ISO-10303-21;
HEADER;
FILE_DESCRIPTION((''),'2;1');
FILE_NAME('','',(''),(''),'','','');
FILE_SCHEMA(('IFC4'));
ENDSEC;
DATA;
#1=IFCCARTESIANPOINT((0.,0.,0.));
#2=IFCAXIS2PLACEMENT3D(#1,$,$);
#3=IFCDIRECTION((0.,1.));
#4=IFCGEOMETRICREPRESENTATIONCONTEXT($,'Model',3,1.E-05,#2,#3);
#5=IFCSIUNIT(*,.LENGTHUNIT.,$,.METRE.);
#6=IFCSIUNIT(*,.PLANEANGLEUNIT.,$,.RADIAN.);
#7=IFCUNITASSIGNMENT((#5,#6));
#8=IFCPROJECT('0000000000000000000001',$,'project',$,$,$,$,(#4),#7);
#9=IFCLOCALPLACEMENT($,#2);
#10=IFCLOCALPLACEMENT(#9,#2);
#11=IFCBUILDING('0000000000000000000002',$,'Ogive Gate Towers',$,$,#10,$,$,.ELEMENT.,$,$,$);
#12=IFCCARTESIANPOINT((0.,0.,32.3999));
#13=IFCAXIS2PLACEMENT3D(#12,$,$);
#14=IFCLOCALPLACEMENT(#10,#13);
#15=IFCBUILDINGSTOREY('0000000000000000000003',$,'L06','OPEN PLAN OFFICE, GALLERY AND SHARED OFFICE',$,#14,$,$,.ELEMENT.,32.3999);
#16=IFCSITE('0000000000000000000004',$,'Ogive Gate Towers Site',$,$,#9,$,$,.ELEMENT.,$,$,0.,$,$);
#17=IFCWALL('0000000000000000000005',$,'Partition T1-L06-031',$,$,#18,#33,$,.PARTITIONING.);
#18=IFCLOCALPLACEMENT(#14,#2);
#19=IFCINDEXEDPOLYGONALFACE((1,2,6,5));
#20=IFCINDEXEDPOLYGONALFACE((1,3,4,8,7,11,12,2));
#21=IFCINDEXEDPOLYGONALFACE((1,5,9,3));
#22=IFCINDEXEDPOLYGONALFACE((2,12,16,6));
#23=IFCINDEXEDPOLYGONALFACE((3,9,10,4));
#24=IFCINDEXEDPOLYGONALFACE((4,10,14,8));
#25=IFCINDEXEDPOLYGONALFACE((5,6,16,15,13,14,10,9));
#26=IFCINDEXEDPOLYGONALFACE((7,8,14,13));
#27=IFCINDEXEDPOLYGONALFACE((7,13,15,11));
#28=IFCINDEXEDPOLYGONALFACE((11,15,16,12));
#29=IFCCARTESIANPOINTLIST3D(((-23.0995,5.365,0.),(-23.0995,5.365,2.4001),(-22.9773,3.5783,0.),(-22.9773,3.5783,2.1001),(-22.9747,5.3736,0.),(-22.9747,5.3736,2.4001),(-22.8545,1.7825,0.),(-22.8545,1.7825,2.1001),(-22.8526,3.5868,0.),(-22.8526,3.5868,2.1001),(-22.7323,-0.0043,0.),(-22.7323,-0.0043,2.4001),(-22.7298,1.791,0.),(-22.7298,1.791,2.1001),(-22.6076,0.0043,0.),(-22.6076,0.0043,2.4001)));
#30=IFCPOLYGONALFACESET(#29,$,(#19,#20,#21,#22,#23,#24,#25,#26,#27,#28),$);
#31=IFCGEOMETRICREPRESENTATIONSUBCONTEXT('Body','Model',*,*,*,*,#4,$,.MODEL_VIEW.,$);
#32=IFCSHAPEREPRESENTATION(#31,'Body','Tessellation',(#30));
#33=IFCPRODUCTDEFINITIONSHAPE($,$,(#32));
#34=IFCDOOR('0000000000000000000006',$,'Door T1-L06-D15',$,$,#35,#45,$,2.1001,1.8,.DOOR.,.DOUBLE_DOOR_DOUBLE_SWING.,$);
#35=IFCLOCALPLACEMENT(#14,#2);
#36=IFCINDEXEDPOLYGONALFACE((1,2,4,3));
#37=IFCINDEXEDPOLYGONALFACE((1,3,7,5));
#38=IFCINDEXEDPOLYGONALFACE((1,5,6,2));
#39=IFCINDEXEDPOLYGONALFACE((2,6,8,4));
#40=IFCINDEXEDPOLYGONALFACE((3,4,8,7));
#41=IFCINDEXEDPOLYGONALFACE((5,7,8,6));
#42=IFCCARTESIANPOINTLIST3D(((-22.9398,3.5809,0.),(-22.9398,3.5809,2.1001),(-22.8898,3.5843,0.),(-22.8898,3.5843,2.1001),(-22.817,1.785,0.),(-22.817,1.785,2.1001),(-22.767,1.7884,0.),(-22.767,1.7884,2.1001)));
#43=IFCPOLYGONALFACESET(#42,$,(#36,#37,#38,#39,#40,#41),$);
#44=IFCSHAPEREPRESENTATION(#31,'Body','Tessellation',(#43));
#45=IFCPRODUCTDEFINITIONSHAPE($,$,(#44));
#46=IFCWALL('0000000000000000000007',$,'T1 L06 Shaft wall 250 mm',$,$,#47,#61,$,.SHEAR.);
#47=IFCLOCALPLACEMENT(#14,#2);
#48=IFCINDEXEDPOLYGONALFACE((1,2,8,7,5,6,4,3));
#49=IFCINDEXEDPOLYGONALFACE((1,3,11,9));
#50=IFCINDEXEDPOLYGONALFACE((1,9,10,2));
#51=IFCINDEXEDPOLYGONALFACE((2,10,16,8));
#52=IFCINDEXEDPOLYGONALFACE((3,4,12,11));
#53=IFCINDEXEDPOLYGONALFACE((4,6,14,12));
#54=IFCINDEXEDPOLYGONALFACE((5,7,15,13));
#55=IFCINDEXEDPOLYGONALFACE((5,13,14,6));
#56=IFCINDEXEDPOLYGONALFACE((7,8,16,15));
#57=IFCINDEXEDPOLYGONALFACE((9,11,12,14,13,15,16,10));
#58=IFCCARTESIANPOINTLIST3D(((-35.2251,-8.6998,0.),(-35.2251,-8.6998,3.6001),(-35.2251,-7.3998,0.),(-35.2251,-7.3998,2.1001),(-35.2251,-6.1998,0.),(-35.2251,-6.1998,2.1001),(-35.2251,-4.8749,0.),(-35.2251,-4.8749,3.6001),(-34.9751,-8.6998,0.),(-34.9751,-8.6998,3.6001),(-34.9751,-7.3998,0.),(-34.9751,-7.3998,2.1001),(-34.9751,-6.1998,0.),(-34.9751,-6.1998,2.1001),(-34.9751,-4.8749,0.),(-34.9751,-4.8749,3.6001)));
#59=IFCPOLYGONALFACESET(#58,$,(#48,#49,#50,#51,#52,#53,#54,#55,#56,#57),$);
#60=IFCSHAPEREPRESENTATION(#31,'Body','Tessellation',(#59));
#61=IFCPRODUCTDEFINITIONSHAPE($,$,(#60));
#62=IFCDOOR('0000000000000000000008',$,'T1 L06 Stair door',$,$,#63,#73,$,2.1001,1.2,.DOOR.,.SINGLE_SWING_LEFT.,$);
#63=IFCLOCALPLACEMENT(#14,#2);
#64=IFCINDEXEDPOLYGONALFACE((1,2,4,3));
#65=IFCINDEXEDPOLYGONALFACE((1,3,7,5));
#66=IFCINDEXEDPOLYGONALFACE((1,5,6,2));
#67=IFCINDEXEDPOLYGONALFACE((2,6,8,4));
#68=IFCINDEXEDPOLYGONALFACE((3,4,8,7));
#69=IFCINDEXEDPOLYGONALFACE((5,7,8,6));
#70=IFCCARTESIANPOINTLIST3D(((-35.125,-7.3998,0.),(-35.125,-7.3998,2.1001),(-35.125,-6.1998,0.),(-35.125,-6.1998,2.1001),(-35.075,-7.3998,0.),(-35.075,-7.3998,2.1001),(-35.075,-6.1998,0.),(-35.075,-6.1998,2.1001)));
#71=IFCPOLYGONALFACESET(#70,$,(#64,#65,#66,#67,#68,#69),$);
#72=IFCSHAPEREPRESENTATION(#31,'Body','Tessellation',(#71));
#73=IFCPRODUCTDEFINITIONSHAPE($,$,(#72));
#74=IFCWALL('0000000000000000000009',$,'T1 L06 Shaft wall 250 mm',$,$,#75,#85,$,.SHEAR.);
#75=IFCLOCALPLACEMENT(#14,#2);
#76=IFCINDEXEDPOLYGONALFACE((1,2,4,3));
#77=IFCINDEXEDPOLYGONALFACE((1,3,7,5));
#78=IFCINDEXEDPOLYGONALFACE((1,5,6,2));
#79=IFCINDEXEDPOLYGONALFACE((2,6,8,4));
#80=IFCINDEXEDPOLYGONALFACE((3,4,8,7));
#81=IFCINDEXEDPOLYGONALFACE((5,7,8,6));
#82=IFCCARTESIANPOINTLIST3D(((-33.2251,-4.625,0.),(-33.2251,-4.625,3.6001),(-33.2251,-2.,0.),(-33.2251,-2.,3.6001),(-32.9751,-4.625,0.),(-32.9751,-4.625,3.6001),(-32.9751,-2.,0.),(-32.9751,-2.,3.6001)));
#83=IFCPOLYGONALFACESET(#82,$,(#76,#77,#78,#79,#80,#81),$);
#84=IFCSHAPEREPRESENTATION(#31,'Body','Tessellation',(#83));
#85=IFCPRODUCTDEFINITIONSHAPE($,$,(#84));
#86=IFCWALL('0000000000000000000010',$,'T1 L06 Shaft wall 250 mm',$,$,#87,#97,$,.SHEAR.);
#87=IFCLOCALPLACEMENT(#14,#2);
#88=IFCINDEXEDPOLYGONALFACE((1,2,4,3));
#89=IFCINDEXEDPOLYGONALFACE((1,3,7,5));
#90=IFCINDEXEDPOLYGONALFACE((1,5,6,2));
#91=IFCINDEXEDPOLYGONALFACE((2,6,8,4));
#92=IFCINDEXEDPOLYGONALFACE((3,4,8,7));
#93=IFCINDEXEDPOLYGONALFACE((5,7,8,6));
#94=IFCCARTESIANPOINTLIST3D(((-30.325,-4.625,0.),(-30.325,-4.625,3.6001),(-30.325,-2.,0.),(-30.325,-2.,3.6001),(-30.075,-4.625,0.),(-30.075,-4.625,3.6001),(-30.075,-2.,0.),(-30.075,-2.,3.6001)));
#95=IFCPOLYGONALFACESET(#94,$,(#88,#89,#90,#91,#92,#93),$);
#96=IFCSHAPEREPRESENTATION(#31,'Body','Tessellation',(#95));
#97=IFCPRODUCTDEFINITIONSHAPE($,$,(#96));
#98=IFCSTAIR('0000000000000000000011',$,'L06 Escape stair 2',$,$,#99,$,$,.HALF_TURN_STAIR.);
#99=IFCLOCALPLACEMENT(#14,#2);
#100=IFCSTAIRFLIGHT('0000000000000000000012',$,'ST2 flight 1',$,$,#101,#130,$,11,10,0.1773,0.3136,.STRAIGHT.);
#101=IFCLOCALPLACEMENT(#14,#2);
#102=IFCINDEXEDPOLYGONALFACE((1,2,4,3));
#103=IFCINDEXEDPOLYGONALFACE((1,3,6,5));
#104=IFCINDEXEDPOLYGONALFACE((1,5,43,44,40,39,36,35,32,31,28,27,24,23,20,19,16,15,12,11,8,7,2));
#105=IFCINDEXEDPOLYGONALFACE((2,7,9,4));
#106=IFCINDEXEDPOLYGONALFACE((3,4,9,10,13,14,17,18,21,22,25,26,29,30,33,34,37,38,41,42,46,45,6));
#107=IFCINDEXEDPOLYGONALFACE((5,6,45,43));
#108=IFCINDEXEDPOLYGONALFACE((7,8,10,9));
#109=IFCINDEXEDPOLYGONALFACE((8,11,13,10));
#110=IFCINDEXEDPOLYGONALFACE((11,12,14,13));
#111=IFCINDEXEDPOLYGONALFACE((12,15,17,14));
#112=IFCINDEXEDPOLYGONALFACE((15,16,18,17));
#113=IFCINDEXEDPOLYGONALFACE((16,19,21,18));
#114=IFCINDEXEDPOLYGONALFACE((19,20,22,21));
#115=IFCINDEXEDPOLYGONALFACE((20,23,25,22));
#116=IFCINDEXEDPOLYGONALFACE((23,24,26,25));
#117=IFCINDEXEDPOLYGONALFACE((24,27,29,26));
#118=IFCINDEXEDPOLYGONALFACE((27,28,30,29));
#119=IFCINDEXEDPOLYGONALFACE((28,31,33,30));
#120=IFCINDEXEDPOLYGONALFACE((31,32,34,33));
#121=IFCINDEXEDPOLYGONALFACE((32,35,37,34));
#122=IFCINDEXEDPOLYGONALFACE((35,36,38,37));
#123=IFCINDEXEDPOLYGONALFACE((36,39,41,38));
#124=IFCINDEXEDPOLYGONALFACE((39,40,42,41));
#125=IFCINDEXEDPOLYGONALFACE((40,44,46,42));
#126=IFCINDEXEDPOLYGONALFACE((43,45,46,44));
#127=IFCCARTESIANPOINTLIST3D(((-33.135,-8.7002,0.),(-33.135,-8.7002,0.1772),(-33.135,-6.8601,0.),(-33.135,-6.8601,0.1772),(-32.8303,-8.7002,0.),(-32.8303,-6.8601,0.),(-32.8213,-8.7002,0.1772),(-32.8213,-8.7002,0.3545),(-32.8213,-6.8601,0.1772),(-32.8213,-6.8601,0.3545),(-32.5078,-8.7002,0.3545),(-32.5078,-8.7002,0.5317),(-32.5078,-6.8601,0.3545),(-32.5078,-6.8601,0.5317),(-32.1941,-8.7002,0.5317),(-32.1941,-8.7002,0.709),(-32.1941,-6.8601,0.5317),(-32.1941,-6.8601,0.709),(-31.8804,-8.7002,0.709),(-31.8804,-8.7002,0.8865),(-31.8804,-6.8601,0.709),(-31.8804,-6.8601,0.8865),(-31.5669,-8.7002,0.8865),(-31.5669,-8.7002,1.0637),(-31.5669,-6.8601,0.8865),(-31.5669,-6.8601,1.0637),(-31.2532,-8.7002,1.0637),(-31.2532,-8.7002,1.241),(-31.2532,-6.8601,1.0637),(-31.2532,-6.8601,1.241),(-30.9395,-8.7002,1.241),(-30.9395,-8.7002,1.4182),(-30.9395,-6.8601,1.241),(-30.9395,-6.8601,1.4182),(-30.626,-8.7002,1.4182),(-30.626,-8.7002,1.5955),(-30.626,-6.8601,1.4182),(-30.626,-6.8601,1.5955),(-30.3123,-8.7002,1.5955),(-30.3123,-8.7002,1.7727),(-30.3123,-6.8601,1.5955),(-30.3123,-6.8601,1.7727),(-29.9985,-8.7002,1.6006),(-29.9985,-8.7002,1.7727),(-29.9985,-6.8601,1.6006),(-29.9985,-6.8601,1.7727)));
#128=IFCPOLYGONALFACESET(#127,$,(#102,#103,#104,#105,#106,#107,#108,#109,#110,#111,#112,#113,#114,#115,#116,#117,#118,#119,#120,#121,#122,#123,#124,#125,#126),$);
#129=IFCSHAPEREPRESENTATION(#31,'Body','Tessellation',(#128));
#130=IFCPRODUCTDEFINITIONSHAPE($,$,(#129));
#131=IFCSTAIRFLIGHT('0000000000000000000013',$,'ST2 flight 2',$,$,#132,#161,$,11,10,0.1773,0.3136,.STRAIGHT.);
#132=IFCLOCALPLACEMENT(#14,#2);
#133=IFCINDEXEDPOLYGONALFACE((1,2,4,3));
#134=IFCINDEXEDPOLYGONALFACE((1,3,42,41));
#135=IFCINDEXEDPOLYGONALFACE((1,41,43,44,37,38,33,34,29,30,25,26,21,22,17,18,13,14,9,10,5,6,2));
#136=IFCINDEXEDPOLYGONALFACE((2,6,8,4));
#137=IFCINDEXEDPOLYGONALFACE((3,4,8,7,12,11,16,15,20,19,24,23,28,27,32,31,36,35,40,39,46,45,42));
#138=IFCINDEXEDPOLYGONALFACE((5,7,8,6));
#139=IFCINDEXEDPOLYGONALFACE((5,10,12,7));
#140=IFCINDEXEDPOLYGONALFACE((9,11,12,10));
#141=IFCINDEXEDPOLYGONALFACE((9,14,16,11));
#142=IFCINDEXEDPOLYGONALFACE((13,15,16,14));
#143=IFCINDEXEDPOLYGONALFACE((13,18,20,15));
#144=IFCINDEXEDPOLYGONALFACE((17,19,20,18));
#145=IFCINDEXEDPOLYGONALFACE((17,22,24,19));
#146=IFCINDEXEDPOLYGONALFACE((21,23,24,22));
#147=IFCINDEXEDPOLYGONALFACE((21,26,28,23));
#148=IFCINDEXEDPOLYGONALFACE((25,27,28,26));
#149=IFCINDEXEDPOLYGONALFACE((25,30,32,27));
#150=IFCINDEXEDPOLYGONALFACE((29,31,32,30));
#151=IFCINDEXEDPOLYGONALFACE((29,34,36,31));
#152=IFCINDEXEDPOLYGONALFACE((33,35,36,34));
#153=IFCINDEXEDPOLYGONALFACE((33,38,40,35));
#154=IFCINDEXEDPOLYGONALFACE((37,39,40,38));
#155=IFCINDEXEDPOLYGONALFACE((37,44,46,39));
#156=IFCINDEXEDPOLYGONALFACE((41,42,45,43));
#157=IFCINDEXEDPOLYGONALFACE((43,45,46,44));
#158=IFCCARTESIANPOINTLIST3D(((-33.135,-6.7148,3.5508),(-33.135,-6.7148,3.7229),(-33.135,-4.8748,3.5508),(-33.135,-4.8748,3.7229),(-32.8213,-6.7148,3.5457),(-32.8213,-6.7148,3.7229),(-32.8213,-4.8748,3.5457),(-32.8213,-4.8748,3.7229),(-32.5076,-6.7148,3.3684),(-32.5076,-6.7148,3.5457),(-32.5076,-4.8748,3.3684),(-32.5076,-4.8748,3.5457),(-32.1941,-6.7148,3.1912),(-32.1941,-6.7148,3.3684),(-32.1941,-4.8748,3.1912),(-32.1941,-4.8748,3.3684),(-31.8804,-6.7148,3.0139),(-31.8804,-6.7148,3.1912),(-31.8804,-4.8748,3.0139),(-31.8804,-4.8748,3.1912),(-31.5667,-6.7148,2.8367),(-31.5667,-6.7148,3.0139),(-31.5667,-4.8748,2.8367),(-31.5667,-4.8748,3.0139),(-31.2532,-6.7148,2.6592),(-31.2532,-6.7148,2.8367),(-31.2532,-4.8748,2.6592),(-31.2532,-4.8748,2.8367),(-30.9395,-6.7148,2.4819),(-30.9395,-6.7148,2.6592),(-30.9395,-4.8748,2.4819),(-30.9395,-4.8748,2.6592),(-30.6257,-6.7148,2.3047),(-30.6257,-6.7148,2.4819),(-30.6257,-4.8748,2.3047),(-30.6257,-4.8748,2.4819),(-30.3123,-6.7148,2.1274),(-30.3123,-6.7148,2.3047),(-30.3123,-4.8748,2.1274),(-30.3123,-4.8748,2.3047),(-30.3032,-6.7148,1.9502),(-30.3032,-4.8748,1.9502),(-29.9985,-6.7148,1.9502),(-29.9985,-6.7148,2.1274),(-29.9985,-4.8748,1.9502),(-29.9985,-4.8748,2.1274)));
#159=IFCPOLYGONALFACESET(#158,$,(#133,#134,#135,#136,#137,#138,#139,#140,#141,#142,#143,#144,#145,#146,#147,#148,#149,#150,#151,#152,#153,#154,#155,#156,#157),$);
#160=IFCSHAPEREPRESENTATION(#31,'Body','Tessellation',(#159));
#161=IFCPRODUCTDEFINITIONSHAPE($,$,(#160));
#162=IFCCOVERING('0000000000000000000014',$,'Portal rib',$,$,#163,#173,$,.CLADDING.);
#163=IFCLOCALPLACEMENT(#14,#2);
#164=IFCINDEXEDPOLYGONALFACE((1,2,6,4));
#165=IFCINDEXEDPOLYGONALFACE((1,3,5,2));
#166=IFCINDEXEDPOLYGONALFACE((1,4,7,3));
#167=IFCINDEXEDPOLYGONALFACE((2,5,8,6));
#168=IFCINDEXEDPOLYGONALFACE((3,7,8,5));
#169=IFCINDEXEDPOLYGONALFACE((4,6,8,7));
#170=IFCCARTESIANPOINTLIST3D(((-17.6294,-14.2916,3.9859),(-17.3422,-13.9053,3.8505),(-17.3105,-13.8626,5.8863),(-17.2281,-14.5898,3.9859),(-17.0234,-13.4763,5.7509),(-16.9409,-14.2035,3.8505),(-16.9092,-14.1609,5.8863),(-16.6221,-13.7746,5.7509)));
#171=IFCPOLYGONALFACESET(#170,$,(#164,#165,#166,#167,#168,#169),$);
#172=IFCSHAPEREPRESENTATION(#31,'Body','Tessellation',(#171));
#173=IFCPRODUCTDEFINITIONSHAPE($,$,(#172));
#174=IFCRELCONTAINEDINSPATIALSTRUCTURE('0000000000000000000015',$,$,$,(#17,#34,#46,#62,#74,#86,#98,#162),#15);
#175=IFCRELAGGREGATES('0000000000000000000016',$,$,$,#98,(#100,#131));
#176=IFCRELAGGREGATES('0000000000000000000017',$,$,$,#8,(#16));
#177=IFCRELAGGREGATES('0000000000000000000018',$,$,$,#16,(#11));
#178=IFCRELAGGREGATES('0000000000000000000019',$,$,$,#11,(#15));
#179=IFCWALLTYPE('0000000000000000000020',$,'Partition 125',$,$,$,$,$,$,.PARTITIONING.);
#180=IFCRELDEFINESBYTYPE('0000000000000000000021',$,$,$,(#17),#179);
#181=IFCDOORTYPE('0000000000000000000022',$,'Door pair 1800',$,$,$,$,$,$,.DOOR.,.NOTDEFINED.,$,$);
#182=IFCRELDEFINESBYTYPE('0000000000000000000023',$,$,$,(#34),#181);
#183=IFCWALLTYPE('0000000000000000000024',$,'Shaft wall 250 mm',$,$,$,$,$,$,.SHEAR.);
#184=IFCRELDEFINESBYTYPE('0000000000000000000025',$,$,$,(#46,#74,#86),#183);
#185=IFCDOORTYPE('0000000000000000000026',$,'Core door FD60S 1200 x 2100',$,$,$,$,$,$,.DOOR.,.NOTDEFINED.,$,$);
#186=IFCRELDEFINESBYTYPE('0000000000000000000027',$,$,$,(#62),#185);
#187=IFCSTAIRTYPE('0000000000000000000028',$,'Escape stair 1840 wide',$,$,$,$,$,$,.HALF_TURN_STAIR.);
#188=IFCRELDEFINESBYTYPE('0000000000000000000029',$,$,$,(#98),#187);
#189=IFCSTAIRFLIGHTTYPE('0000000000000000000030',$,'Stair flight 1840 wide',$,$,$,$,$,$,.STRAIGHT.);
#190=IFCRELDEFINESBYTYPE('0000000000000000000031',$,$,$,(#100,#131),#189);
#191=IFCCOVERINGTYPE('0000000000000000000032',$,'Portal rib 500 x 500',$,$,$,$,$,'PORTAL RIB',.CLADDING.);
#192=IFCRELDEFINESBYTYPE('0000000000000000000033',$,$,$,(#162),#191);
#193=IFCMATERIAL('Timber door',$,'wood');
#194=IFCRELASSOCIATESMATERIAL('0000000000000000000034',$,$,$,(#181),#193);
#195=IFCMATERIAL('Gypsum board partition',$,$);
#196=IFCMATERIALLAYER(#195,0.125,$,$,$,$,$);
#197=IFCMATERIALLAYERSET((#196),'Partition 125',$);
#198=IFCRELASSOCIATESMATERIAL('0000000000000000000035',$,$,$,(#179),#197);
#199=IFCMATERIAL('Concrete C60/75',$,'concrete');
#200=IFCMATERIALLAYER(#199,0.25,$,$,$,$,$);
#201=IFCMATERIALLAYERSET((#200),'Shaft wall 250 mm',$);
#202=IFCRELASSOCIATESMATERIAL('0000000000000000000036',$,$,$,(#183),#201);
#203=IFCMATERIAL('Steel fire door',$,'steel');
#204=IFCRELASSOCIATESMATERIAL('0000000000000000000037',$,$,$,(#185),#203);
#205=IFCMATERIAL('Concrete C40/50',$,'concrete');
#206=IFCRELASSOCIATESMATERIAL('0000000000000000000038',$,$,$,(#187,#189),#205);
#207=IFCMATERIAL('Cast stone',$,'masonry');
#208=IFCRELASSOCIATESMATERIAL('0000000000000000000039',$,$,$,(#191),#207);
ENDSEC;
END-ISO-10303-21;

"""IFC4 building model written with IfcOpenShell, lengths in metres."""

from ifc_helpers import new_model, si_unit, direction, frame, frame_2d, origin, origin_2d, place, context, subcontext, project, spatial, polyline, rectangle, outline, extrude, material, layer, layer_set, material_profile, profile_set, type_object, element, fill, aggregate, save


model = new_model("IFC4")

# Units and contexts
model_context = context("Model", 3, precision=1e-05, world=origin(), true_north=direction((0.0, 1.0)))
body_context = subcontext(model_context, "Body", "Model", "MODEL_VIEW")
ifc_project = project(units=[si_unit("LENGTHUNIT", "METRE"), si_unit("PLANEANGLEUNIT", "RADIAN")], contexts=[model_context])

# Site, building, storey
site_placement = place(None, origin())
site = spatial("IfcSite", under=ifc_project, at=site_placement, Name="Ogive Gate Towers Site", CompositionType="ELEMENT", RefElevation=0.0)
building_placement = place(site_placement, origin())
building = spatial("IfcBuilding", under=site, at=building_placement, Name="Ogive Gate Towers", CompositionType="ELEMENT")
storey_placement = place(building_placement, frame((0.0, 0.0, 32.3999)))
storey = spatial("IfcBuildingStorey", under=building, at=storey_placement, Name="L06", Description="OPEN PLAN OFFICE, GALLERY AND SHARED OFFICE", CompositionType="ELEMENT", Elevation=32.3999)

# Walls, openings, doors
ifc_material_1 = material(Name="Timber door", Category="wood")
door_type_1 = type_object("IfcDoorType", Name="Door pair 1800", OperationType="NOTDEFINED", PredefinedType="DOOR", material=ifc_material_1)
ifc_material_2 = material(Name="Concrete C60/75", Category="concrete")
ifc_material_3 = material(Name="Steel fire door", Category="steel")
ifc_material_4 = material(Name="Gypsum board partition")
ifc_layer_1 = layer(ifc_material_4, 0.125)
ifc_layer_set_1 = layer_set([ifc_layer_1], Name="Partition 125")
wall_type_1 = type_object("IfcWallType", Name="Partition 125", PredefinedType="PARTITIONING", material=ifc_layer_set_1)
wall_1_placement = place(storey_placement, frame((-22.6699, 0.0, 0.0), z_axis=(0.0, 0.0, 1.0), x_axis=(-0.068226, 0.99767, 0.0)))
wall_1 = element("IfcWall", 1, at=wall_1_placement, inside=storey, type_object=wall_type_1, Name="Partition T1-L06-031", PredefinedType="PARTITIONING", context=body_context, shape_type="SweptSolid", body=[
    extrude(rectangle(XDim=5.3818, YDim=0.125, at=frame_2d((2.6909, 0.0))), origin(), (0.0, 0.0, 1.0), 2.4001),
])
opening_1_placement = place(wall_1_placement, frame((1.791, 0.0, 0.0)))
opening_1 = element("IfcOpeningElement", 2, at=opening_1_placement, cuts=wall_1, PredefinedType="OPENING", context=body_context, shape_type="SweptSolid", body=[
    extrude(rectangle(XDim=1.8, YDim=2.1001, at=frame_2d((0.8999, 1.05))), frame((0.0, 0.0725, 0.0), z_axis=(0.0, -1.0, 0.0), x_axis=(1.0, 0.0, 0.0)), (0.0, 0.0, 1.0), 0.145),
])
door_1_placement = place(opening_1_placement, origin())
door_1 = element("IfcDoor", 3, at=door_1_placement, inside=storey, type_object=door_type_1, Name="Door T1-L06-D15", OperationType="DOUBLE_DOOR_DOUBLE_SWING", OverallHeight=2.1001, OverallWidth=1.8, PredefinedType="DOOR", context=body_context, shape_type="SweptSolid", body=[
    extrude(rectangle(XDim=1.8, YDim=2.1001, at=frame_2d((0.8999, 1.05))), frame((0.0, 0.0249, 0.0), z_axis=(0.0, -1.0, 0.0), x_axis=(1.0, 0.0, 0.0)), (0.0, 0.0, 1.0), 0.05),
])
fill(opening_1, door_1)
ifc_layer_2 = layer(ifc_material_2, 0.25)
ifc_layer_set_2 = layer_set([ifc_layer_2], Name="Shaft wall 250 mm")
wall_type_2 = type_object("IfcWallType", Name="Shaft wall 250 mm", PredefinedType="SHEAR", material=ifc_layer_set_2)
wall_2_placement = place(storey_placement, frame((-35.1001, -8.7, 0.0), z_axis=(0.0, 0.0, 1.0), x_axis=(0.0, 1.0, 0.0)))
wall_2 = element("IfcWall", 4, at=wall_2_placement, inside=storey, type_object=wall_type_2, Name="T1 L06 Shaft wall 250 mm", PredefinedType="SHEAR", context=body_context, shape_type="SweptSolid", body=[
    extrude(rectangle(XDim=3.825, YDim=0.25, at=frame_2d((1.9126, 0.0))), origin(), (0.0, 0.0, 1.0), 3.6001),
])
opening_2_placement = place(wall_2_placement, frame((1.3, 0.0, 0.0)))
opening_2 = element("IfcOpeningElement", 5, at=opening_2_placement, cuts=wall_2, PredefinedType="OPENING", context=body_context, shape_type="SweptSolid", body=[
    extrude(rectangle(XDim=1.2, YDim=2.1001, at=frame_2d((0.6001, 1.05))), frame((0.0, 0.135, 0.0), z_axis=(0.0, -1.0, 0.0), x_axis=(1.0, 0.0, 0.0)), (0.0, 0.0, 1.0), 0.27),
])
door_type_2 = type_object("IfcDoorType", Name="Core door FD60S 1200 x 2100", OperationType="NOTDEFINED", PredefinedType="DOOR", material=ifc_material_3)
door_2_placement = place(opening_2_placement, origin())
door_2 = element("IfcDoor", 6, at=door_2_placement, inside=storey, type_object=door_type_2, Name="T1 L06 Stair door", OperationType="SINGLE_SWING_LEFT", OverallHeight=2.1001, OverallWidth=1.2, PredefinedType="DOOR", context=body_context, shape_type="SweptSolid", body=[
    extrude(rectangle(XDim=1.2, YDim=2.1001, at=frame_2d((0.6001, 1.05))), frame((0.0, 0.0249, 0.0), z_axis=(0.0, -1.0, 0.0), x_axis=(1.0, 0.0, 0.0)), (0.0, 0.0, 1.0), 0.05),
])
fill(opening_2, door_2)

# Walls
for number, where, z_axis, x_axis, name in (
    (7, (-33.1001, -4.625, 0.0), (0.0, 0.0, 1.0), (0.0, 1.0, 0.0), "T1 L06 Shaft wall 250 mm"),
    (8, (-30.2, -4.625, 0.0), (0.0, 0.0, 1.0), (0.0, 1.0, 0.0), "T1 L06 Shaft wall 250 mm"),
):
    element("IfcWall", number, at=place(storey_placement, frame(where, z_axis=z_axis, x_axis=x_axis)), inside=storey, type_object=wall_type_2, Name=name, PredefinedType="SHEAR", context=body_context, shape_type="SweptSolid", body=[
        extrude(rectangle(XDim=2.625, YDim=0.25, at=frame_2d((1.3125, 0.0))), origin(), (0.0, 0.0, 1.0), 3.6001),
    ])

# Stair, stair flights
ifc_material_5 = material(Name="Concrete C40/50", Category="concrete")
stair_type = type_object("IfcStairType", Name="Escape stair 1840 wide", PredefinedType="HALF_TURN_STAIR", material=ifc_material_5)
stair_placement = place(storey_placement, origin())
stair = element("IfcStair", 9, at=stair_placement, inside=storey, type_object=stair_type, Name="L06 Escape stair 2", PredefinedType="HALF_TURN_STAIR")
stair_flight_type = type_object("IfcStairFlightType", Name="Stair flight 1840 wide", PredefinedType="STRAIGHT", material=ifc_material_5)
stair_flight_1_placement = place(storey_placement, frame((-33.135, -7.78, 0.0), z_axis=(0.0, 0.0, 1.0), x_axis=(1.0, 0.0, 0.0)))
stair_flight_1 = element("IfcStairFlight", 10, at=stair_flight_1_placement, type_object=stair_flight_type, Name="ST2 flight 1", NumberOfRisers=11, NumberOfTreads=10, PredefinedType="STRAIGHT", RiserHeight=0.1773, TreadLength=0.3136, context=body_context, shape_type="SweptSolid", body=[
    extrude(outline(polyline([(0.0, 0.0), (0.0, 0.1772), (0.3137, 0.1772), (0.3137, 0.3545), (0.6272, 0.3545), (0.6272, 0.5317), (0.9409, 0.5317), (0.9409, 0.709), (1.2546, 0.709), (1.2546, 0.8865), (1.5681, 0.8865), (1.5681, 1.0637), (1.8818, 1.0637), (1.8818, 1.241), (2.1956, 1.241), (2.1956, 1.4182), (2.509, 1.4182), (2.509, 1.5955), (2.8228, 1.5955), (2.8228, 1.7727), (3.1365, 1.7727), (3.1365, 1.95), (3.1365, 1.6006), (0.3047, 0.0), (0.0, 0.0)])), frame((0.0, 0.9199, 0.0), z_axis=(0.0, -1.0, 0.0), x_axis=(1.0, 0.0, 0.0)), (0.0, 0.0, 1.0), 1.8401),
])
stair_flight_2_placement = place(storey_placement, frame((-29.9985, -5.7949, 1.9502), z_axis=(0.0, 0.0, 1.0), x_axis=(-1.0, 0.0, 0.0)))
stair_flight_2 = element("IfcStairFlight", 11, at=stair_flight_2_placement, type_object=stair_flight_type, Name="ST2 flight 2", NumberOfRisers=11, NumberOfTreads=10, PredefinedType="STRAIGHT", RiserHeight=0.1773, TreadLength=0.3136, context=body_context, shape_type="SweptSolid", body=[
    extrude(outline(polyline([(0.0, 0.0), (0.0, 0.1772), (0.3137, 0.1772), (0.3137, 0.3545), (0.6272, 0.3545), (0.6272, 0.5317), (0.9409, 0.5317), (0.9409, 0.709), (1.2546, 0.709), (1.2546, 0.8865), (1.5681, 0.8865), (1.5681, 1.0637), (1.8818, 1.0637), (1.8818, 1.241), (2.1956, 1.241), (2.1956, 1.4182), (2.509, 1.4182), (2.509, 1.5955), (2.8228, 1.5955), (2.8228, 1.7727), (3.1365, 1.7727), (3.1365, 1.95), (3.1365, 1.6006), (0.3047, 0.0), (0.0, 0.0)])), frame((0.0, 0.9199, 0.0), z_axis=(0.0, -1.0, 0.0), x_axis=(1.0, 0.0, 0.0)), (0.0, 0.0, 1.0), 1.8401),
])
aggregate(stair, [stair_flight_1, stair_flight_2])

# Covering
ifc_material_6 = material(Name="Cast stone", Category="masonry")
ifc_material_profile_1 = material_profile(ifc_material_6, rectangle(XDim=0.5, YDim=0.5, at=origin_2d()), Name="500 x 500 cast stone")
ifc_profile_set_1 = profile_set([ifc_material_profile_1], Name="Cast stone")
covering_type = type_object("IfcCoveringType", Name="Portal rib 500 x 500", ElementType="PORTAL RIB", PredefinedType="CLADDING", material=ifc_profile_set_1)
covering_placement = place(storey_placement, frame((-17.2852, -14.2476, 3.9182), z_axis=(0.161514, 0.217289, 0.962652), x_axis=(-0.802569, 0.596559, 0.0)))
element("IfcCovering", 12, at=covering_placement, inside=storey, type_object=covering_type, Name="Portal rib", PredefinedType="CLADDING", context=body_context, shape_type="SweptSolid", body=[
    extrude(rectangle(XDim=0.5, YDim=0.5, at=origin_2d()), origin(), (0.0, 0.0, 1.0), 1.9741),
])

save(model, "model.ifc")
